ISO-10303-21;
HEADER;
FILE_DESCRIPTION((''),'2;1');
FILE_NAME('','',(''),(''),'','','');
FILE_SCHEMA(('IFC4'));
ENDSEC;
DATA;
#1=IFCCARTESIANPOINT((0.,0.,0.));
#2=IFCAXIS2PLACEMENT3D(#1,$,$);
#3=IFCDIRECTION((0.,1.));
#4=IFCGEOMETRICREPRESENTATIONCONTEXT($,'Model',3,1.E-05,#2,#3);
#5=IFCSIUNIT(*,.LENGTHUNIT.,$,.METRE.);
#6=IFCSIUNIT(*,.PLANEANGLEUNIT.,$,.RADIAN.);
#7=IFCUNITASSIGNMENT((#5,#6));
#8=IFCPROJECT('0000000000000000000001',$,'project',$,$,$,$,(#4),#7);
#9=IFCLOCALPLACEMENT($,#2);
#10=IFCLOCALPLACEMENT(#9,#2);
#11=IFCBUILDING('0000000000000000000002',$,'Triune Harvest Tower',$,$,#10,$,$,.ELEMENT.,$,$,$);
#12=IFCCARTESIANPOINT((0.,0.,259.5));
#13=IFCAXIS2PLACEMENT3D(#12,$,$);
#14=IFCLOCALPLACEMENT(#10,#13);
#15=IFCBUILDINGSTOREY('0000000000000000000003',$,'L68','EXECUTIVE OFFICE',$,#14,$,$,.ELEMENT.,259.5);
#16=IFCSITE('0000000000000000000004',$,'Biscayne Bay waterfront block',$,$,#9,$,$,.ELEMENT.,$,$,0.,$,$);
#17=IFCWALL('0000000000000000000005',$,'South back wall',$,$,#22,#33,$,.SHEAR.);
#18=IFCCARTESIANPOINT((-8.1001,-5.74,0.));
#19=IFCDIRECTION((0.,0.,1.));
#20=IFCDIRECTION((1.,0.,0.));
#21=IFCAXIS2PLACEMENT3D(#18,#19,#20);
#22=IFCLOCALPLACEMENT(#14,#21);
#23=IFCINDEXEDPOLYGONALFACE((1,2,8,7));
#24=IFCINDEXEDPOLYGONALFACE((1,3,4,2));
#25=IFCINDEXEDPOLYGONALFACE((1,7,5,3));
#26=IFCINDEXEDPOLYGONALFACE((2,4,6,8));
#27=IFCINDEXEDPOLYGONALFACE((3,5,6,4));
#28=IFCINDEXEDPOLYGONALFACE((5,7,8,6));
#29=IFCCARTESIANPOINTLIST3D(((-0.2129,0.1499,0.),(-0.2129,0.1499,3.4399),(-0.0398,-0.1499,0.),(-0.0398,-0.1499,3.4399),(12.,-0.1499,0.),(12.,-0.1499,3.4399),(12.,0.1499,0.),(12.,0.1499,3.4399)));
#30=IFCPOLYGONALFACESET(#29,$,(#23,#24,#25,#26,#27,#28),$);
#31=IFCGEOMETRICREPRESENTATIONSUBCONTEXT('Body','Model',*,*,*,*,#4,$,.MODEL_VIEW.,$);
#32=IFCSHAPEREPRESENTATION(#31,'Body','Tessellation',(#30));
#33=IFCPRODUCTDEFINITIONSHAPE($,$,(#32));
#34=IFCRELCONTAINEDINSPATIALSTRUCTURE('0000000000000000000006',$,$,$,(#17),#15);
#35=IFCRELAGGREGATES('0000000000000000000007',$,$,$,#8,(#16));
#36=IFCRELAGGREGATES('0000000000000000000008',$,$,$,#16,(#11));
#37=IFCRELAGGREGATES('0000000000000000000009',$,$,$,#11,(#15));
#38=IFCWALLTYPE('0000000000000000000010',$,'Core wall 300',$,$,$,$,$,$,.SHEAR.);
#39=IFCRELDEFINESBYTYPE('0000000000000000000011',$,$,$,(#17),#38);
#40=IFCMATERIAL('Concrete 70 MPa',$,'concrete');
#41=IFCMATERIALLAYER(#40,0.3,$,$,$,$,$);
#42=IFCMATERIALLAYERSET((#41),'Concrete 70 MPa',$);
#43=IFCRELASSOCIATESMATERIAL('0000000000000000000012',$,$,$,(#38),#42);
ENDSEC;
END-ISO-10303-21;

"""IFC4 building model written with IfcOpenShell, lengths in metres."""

from ifc_helpers import new_model, si_unit, direction, frame, origin, place, context, subcontext, project, spatial, polyline, outline, extrude, source, transform, mapped, material, layer, layer_set, type_object, element, save


model = new_model("IFC4")

# Units and contexts
model_context = context("Model", 3, precision=1e-05, world=origin(), true_north=direction((0.0, 1.0)))
body_context = subcontext(model_context, "Body", "Model", "MODEL_VIEW")
ifc_project = project(units=[si_unit("LENGTHUNIT", "METRE"), si_unit("PLANEANGLEUNIT", "RADIAN")], contexts=[model_context])

# Site, building, storey
site_placement = place(None, origin())
site = spatial("IfcSite", under=ifc_project, at=site_placement, Name="Biscayne Bay waterfront block", CompositionType="ELEMENT", RefElevation=0.0)
building_placement = place(site_placement, origin())
building = spatial("IfcBuilding", under=site, at=building_placement, Name="Triune Harvest Tower", CompositionType="ELEMENT")
storey_placement = place(building_placement, frame((0.0, 0.0, 259.5)))
storey = spatial("IfcBuildingStorey", under=building, at=storey_placement, Name="L68", Description="EXECUTIVE OFFICE", CompositionType="ELEMENT", Elevation=259.5)

# Shared definitions
ifc_material_1 = material(Name="Concrete 70 MPa", Category="concrete")
ifc_layer_1 = layer(ifc_material_1, 0.3)
ifc_layer_set_1 = layer_set([ifc_layer_1], Name="Concrete 70 MPa")
wall_type_1 = type_object("IfcWallType", Name="Core wall 300", PredefinedType="SHEAR", material=ifc_layer_set_1)

# Wall
shared_shape_1 = source(origin(), body_context, "Body", "SweptSolid", [
    extrude(outline(polyline([(12.0, -0.1499), (-0.0398, -0.1499), (-0.2129, 0.1499), (12.0, 0.1499), (12.0, -0.1499)])), origin(), (0.0, 0.0, 1.0), 3.4399),
])
wall_1_placement = place(storey_placement, frame((-8.1001, -5.74, 0.0), z_axis=(0.0, 0.0, 1.0), x_axis=(1.0, 0.0, 0.0)))
element("IfcWall", 1, at=wall_1_placement, inside=storey, type_object=wall_type_1, Name="South back wall", PredefinedType="SHEAR", context=body_context, shape_type="MappedRepresentation", body=[
    mapped(shared_shape_1, transform((0.0, 0.0, 0.0), scale=1.0)),
])

save(model, "model.ifc")
